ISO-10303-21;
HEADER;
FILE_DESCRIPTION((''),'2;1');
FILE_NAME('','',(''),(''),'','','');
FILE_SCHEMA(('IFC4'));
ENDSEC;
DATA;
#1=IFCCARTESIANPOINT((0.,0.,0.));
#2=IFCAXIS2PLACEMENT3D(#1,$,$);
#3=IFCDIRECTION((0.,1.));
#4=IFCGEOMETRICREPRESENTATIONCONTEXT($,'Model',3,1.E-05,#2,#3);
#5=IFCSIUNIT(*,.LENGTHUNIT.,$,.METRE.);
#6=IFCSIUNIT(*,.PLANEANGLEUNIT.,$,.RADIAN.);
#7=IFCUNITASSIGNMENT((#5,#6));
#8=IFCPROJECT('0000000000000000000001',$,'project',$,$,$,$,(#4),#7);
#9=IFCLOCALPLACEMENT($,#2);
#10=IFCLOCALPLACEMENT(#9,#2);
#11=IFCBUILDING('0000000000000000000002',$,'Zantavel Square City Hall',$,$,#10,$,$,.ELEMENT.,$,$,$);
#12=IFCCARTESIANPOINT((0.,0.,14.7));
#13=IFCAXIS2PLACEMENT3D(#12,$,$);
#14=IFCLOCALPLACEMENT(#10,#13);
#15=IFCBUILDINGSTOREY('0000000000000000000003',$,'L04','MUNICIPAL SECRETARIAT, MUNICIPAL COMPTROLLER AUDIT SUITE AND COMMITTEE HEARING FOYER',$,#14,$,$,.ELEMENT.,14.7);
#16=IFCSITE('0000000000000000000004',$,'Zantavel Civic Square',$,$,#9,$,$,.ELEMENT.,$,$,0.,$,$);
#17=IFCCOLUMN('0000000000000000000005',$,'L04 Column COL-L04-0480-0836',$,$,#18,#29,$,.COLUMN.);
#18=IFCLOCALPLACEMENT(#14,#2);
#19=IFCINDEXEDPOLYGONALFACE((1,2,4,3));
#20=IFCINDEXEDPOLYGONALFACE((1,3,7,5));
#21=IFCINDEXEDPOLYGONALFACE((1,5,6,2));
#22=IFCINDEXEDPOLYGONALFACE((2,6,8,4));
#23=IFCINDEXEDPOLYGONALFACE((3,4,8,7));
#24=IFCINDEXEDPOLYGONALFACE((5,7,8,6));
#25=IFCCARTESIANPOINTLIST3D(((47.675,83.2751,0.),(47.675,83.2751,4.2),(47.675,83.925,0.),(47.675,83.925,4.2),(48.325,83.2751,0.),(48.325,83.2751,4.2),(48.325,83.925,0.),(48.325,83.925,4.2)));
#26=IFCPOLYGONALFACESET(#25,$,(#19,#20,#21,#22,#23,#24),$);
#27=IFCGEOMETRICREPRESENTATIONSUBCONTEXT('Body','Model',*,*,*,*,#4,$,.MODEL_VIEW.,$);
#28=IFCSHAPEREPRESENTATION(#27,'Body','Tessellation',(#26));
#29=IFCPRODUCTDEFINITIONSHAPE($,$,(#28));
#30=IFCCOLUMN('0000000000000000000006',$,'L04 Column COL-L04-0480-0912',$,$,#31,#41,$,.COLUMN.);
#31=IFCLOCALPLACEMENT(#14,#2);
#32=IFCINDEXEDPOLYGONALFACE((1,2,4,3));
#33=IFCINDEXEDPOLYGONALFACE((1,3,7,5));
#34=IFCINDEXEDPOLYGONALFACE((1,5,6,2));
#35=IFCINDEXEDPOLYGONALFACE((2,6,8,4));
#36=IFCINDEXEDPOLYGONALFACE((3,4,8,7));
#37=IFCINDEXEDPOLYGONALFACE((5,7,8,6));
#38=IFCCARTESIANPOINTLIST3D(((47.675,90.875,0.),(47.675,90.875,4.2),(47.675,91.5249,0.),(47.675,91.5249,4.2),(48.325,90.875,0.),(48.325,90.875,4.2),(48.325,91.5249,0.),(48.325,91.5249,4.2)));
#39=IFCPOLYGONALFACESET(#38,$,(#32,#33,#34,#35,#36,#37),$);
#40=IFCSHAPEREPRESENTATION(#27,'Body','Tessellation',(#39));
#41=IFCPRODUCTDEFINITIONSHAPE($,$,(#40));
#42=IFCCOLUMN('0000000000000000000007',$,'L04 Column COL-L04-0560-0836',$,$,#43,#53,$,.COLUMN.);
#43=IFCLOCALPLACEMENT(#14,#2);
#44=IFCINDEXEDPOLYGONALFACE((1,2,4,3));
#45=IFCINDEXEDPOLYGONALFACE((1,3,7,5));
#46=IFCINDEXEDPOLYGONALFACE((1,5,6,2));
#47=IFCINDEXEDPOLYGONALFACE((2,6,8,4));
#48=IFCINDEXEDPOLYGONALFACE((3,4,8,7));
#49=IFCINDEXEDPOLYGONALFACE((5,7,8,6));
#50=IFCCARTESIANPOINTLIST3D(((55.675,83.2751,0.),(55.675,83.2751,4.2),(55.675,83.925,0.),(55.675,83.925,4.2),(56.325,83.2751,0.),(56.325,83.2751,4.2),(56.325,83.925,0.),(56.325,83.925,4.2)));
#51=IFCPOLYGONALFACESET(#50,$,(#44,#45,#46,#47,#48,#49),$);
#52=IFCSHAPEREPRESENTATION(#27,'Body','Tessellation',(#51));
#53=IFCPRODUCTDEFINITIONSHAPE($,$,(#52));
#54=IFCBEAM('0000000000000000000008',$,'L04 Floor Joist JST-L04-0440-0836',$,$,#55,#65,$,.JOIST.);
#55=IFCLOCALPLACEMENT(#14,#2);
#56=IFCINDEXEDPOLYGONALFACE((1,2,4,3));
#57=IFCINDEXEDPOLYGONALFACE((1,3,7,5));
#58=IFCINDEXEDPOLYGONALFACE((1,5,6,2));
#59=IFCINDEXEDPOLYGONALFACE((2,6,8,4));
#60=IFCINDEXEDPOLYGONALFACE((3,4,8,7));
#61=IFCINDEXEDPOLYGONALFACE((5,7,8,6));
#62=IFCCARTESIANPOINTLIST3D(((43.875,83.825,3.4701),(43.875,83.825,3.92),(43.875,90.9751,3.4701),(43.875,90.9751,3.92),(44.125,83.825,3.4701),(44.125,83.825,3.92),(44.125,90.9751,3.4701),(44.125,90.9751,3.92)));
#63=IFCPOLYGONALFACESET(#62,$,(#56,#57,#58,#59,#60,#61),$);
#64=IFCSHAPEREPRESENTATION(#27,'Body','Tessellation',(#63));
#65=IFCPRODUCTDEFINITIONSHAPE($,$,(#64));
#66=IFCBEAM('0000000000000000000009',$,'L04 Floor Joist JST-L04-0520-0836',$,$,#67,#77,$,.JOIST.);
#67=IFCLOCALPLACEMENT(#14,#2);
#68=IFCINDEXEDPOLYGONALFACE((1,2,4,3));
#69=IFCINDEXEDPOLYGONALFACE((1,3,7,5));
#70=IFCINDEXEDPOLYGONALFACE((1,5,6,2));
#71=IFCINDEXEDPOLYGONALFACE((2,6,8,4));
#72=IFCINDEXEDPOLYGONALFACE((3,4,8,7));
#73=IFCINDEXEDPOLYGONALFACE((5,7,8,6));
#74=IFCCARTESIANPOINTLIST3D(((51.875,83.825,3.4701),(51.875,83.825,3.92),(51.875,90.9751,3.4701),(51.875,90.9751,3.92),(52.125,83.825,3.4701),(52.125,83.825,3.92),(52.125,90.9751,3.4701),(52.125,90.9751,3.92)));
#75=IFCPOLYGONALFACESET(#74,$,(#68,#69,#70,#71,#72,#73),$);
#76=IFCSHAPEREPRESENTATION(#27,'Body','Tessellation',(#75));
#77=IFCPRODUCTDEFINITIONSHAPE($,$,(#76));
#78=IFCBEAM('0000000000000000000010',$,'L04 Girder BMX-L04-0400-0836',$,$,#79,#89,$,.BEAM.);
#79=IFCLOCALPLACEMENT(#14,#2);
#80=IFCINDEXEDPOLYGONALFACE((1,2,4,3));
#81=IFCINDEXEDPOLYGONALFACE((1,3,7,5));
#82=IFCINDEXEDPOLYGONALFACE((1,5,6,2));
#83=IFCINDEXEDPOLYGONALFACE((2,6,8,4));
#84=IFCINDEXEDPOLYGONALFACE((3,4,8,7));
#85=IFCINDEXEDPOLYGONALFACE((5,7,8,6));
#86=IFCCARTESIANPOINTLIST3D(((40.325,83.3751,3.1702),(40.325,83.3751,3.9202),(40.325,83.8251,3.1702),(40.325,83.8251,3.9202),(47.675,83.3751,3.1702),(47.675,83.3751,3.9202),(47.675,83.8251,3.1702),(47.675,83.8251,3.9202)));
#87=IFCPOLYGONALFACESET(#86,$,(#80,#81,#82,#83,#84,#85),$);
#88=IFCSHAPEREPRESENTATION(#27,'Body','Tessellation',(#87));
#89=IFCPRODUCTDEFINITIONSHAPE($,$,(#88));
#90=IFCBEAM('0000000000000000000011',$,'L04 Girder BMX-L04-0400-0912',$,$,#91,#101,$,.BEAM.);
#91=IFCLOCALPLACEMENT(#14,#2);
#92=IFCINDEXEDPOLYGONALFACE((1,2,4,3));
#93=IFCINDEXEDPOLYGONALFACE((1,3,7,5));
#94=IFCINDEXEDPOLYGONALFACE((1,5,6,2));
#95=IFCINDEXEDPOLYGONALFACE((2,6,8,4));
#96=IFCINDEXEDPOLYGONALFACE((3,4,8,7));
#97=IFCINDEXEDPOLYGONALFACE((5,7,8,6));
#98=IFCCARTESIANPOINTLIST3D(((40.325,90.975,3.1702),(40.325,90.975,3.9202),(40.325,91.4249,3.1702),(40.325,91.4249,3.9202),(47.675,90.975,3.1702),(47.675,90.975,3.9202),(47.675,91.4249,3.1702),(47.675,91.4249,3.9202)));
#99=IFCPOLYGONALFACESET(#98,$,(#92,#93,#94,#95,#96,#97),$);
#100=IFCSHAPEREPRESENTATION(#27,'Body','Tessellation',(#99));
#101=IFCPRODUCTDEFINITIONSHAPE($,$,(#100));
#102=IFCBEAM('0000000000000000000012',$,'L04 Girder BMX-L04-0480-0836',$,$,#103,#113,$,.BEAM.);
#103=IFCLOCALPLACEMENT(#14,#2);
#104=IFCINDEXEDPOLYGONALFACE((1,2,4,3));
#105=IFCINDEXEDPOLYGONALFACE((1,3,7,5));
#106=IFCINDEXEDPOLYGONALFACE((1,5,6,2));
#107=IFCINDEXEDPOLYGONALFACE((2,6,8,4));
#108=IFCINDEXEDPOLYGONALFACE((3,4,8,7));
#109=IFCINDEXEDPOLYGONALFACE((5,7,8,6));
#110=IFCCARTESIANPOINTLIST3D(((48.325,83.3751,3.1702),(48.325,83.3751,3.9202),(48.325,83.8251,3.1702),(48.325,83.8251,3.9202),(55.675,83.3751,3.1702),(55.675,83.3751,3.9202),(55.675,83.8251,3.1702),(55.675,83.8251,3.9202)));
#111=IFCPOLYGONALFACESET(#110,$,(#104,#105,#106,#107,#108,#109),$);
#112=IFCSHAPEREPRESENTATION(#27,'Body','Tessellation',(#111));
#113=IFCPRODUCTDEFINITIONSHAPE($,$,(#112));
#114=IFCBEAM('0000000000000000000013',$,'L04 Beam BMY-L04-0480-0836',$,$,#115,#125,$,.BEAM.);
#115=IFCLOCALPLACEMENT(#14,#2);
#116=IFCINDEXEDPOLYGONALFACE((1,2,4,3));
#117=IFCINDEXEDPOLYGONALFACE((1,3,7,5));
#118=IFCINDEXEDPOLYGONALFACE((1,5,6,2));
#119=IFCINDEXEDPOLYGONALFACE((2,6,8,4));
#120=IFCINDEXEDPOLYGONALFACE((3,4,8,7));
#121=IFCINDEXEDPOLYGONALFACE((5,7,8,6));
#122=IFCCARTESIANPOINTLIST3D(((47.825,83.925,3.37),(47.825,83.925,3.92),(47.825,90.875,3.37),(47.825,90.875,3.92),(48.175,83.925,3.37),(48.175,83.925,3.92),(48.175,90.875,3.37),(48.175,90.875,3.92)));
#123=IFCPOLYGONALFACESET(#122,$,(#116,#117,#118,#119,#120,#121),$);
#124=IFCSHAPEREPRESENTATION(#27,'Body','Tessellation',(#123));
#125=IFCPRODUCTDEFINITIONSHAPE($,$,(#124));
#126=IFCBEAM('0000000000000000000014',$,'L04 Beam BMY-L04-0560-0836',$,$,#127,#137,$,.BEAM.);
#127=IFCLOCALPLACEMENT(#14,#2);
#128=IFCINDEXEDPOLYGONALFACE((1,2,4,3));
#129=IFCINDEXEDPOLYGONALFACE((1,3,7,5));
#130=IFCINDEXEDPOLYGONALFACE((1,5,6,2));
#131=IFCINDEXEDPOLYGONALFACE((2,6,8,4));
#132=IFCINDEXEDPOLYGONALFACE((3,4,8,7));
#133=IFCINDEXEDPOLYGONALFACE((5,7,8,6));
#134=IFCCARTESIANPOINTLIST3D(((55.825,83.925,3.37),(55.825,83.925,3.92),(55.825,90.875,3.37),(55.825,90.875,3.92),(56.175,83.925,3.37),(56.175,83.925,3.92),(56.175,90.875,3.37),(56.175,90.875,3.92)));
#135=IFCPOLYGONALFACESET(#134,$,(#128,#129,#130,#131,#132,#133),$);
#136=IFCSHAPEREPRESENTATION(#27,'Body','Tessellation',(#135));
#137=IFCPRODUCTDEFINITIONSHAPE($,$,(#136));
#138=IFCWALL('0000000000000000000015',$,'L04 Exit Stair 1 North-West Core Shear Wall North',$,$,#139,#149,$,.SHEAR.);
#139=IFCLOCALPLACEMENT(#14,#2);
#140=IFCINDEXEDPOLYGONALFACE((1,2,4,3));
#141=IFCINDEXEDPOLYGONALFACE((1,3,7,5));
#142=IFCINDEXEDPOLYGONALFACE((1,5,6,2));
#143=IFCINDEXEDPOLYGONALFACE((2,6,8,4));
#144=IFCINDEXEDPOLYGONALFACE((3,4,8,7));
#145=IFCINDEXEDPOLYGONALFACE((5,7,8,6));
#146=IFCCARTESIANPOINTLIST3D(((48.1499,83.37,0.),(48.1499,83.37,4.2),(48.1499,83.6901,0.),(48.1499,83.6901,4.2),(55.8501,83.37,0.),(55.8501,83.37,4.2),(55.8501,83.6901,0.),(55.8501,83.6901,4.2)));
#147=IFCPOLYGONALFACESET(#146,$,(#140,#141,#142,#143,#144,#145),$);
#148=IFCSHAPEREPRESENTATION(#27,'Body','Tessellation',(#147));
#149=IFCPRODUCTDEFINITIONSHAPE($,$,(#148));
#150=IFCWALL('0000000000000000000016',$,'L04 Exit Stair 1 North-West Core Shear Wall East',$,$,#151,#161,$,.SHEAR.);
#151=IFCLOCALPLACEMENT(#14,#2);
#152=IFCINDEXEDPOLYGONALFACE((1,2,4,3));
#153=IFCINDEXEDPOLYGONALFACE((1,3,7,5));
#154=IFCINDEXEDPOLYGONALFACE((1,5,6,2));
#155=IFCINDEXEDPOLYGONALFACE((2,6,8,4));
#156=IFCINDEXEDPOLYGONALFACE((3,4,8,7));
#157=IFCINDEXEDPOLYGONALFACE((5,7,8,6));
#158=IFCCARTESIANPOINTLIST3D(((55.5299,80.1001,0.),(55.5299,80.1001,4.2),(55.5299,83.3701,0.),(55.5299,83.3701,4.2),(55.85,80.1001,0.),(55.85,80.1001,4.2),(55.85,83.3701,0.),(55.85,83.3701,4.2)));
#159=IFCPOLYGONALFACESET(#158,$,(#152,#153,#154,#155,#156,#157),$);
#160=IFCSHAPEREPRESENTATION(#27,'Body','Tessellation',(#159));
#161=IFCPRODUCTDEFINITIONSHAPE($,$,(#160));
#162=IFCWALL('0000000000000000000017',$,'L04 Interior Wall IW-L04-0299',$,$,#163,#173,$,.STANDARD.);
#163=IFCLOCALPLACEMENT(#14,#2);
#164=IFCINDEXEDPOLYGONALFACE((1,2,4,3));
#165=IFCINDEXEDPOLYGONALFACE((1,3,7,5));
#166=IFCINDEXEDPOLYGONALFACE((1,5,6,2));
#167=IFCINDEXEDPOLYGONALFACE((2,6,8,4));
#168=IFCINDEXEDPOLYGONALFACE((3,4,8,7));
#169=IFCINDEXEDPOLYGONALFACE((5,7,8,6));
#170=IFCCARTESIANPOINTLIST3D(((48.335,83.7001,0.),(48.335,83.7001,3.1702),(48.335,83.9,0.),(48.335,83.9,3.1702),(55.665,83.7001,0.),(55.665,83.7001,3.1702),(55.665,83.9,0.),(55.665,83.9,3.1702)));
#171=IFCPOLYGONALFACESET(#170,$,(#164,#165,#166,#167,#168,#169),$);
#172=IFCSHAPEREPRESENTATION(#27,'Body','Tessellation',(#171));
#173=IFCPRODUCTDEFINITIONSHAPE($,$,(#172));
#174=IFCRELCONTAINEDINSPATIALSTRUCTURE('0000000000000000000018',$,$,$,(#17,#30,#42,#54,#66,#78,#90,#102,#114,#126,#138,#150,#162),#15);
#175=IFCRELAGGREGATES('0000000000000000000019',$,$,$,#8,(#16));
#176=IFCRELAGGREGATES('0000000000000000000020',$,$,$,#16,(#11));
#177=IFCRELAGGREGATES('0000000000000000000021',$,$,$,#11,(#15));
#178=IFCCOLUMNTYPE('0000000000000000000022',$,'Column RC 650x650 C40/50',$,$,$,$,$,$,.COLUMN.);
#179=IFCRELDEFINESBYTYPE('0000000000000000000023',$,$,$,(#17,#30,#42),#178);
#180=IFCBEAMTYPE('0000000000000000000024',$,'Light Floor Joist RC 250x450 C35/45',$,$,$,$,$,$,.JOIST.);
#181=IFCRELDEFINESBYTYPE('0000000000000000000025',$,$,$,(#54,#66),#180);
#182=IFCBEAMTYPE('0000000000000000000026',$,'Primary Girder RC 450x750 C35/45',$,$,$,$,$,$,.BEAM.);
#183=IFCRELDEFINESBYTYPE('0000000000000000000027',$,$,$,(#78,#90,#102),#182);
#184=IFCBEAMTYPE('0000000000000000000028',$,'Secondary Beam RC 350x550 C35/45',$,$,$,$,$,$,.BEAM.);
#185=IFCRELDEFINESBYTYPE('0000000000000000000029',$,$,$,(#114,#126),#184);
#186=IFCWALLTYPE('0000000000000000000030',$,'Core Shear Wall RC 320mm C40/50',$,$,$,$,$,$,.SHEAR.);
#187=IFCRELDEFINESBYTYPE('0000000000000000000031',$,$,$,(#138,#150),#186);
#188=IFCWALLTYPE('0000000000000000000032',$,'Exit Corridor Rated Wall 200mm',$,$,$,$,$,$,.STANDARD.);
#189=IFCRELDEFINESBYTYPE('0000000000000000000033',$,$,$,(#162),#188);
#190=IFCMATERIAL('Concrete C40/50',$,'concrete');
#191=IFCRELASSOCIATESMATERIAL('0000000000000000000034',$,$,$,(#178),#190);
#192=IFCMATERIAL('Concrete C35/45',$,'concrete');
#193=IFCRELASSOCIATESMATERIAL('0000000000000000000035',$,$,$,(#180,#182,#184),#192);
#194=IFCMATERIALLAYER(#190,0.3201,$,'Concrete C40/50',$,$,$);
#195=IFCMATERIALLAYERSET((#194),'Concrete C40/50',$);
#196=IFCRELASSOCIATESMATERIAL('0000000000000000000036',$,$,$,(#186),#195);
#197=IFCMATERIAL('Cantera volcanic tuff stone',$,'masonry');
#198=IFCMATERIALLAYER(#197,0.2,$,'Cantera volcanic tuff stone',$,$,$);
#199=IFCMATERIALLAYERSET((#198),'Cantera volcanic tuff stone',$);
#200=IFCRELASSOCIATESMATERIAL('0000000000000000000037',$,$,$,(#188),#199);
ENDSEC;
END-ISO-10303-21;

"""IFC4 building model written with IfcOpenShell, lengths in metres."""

from ifc_helpers import new_model, si_unit, direction, frame, frame_2d, origin, origin_2d, place, context, subcontext, project, spatial, rectangle, extrude, material, layer, layer_set, material_profile, profile_set, type_object, element, save


model = new_model("IFC4")

# Units and contexts
model_context = context("Model", 3, precision=1e-05, world=origin(), true_north=direction((0.0, 1.0)))
body_context = subcontext(model_context, "Body", "Model", "MODEL_VIEW")
ifc_project = project(units=[si_unit("LENGTHUNIT", "METRE"), si_unit("PLANEANGLEUNIT", "RADIAN")], contexts=[model_context])

# Site, building, storey
site_placement = place(None, origin())
site = spatial("IfcSite", under=ifc_project, at=site_placement, Name="Zantavel Civic Square", CompositionType="ELEMENT", RefElevation=0.0)
building_placement = place(site_placement, origin())
building = spatial("IfcBuilding", under=site, at=building_placement, Name="Zantavel Square City Hall", CompositionType="ELEMENT")
storey_placement = place(building_placement, frame((0.0, 0.0, 14.7)))
storey = spatial("IfcBuildingStorey", under=building, at=storey_placement, Name="L04", Description="MUNICIPAL SECRETARIAT, MUNICIPAL COMPTROLLER AUDIT SUITE AND COMMITTEE HEARING FOYER", CompositionType="ELEMENT", Elevation=14.7)

# Columns
ifc_material_1 = material(Name="Concrete C40/50", Category="concrete")
ifc_material_profile_1 = material_profile(ifc_material_1, rectangle(XDim=0.6499, YDim=0.6499, at=origin_2d()), Name="RC 650x650")
ifc_profile_set_1 = profile_set([ifc_material_profile_1], Name="Concrete C40/50")
column_type = type_object("IfcColumnType", Name="Column RC 650x650 C40/50", PredefinedType="COLUMN", material=ifc_profile_set_1)
for number, where, z_axis, x_axis, name in (
    (1, (48.0, 83.6001, 0.0), (0.0, 0.0, 1.0), (1.0, 0.0, 0.0), "L04 Column COL-L04-0480-0836"),
    (2, (48.0, 91.2, 0.0), (0.0, 0.0, 1.0), (1.0, 0.0, 0.0), "L04 Column COL-L04-0480-0912"),
    (3, (56.0, 83.6001, 0.0), (0.0, 0.0, 1.0), (1.0, 0.0, 0.0), "L04 Column COL-L04-0560-0836"),
):
    element("IfcColumn", number, at=place(storey_placement, frame(where, z_axis=z_axis, x_axis=x_axis)), inside=storey, type_object=column_type, Name=name, PredefinedType="COLUMN", context=body_context, shape_type="SweptSolid", body=[
        extrude(rectangle(XDim=0.6499, YDim=0.6499, at=origin_2d()), origin(), (0.0, 0.0, 1.0), 4.2),
    ])

# Beams
ifc_material_2 = material(Name="Concrete C35/45", Category="concrete")
ifc_material_profile_2 = material_profile(ifc_material_2, rectangle(XDim=0.25, YDim=0.45, at=origin_2d()), Name="RC 250x450")
ifc_profile_set_2 = profile_set([ifc_material_profile_2], Name="Concrete C35/45")
beam_type_1 = type_object("IfcBeamType", Name="Light Floor Joist RC 250x450 C35/45", PredefinedType="JOIST", material=ifc_profile_set_2)
for number, where, z_axis, x_axis, name in (
    (4, (44.0, 83.825, 3.6951), (0.0, 1.0, 0.0), (-1.0, 0.0, 0.0), "L04 Floor Joist JST-L04-0440-0836"),
    (5, (52.0, 83.825, 3.6951), (0.0, 1.0, 0.0), (-1.0, 0.0, 0.0), "L04 Floor Joist JST-L04-0520-0836"),
):
    element("IfcBeam", number, at=place(storey_placement, frame(where, z_axis=z_axis, x_axis=x_axis)), inside=storey, type_object=beam_type_1, Name=name, PredefinedType="JOIST", context=body_context, shape_type="SweptSolid", body=[
        extrude(rectangle(XDim=0.25, YDim=0.45, at=origin_2d()), origin(), (0.0, 0.0, 1.0), 7.1501),
    ])
ifc_material_profile_3 = material_profile(ifc_material_2, rectangle(XDim=0.45, YDim=0.75, at=origin_2d()), Name="RC 450x750")
ifc_profile_set_3 = profile_set([ifc_material_profile_3], Name="Concrete C35/45")
beam_type_2 = type_object("IfcBeamType", Name="Primary Girder RC 450x750 C35/45", PredefinedType="BEAM", material=ifc_profile_set_3)
for number, where, z_axis, x_axis, name in (
    (6, (40.325, 83.6001, 3.5452), (1.0, 0.0, 0.0), (0.0, 1.0, 0.0), "L04 Girder BMX-L04-0400-0836"),
    (7, (40.325, 91.2, 3.5452), (1.0, 0.0, 0.0), (0.0, 1.0, 0.0), "L04 Girder BMX-L04-0400-0912"),
    (8, (48.325, 83.6001, 3.5452), (1.0, 0.0, 0.0), (0.0, 1.0, 0.0), "L04 Girder BMX-L04-0480-0836"),
):
    element("IfcBeam", number, at=place(storey_placement, frame(where, z_axis=z_axis, x_axis=x_axis)), inside=storey, type_object=beam_type_2, Name=name, PredefinedType="BEAM", context=body_context, shape_type="SweptSolid", body=[
        extrude(rectangle(XDim=0.45, YDim=0.75, at=origin_2d()), origin(), (0.0, 0.0, 1.0), 7.3501),
    ])
ifc_material_profile_4 = material_profile(ifc_material_2, rectangle(XDim=0.3501, YDim=0.55, at=origin_2d()), Name="RC 350x550")
ifc_profile_set_4 = profile_set([ifc_material_profile_4], Name="Concrete C35/45")
beam_type_3 = type_object("IfcBeamType", Name="Secondary Beam RC 350x550 C35/45", PredefinedType="BEAM", material=ifc_profile_set_4)
for number, where, z_axis, x_axis, name in (
    (9, (48.0, 83.925, 3.645), (0.0, 1.0, 0.0), (-1.0, 0.0, 0.0), "L04 Beam BMY-L04-0480-0836"),
    (10, (56.0, 83.925, 3.645), (0.0, 1.0, 0.0), (-1.0, 0.0, 0.0), "L04 Beam BMY-L04-0560-0836"),
):
    element("IfcBeam", number, at=place(storey_placement, frame(where, z_axis=z_axis, x_axis=x_axis)), inside=storey, type_object=beam_type_3, Name=name, PredefinedType="BEAM", context=body_context, shape_type="SweptSolid", body=[
        extrude(rectangle(XDim=0.3501, YDim=0.55, at=origin_2d()), origin(), (0.0, 0.0, 1.0), 6.95),
    ])

# Walls
ifc_layer_1 = layer(ifc_material_1, 0.3201, Name="Concrete C40/50")
ifc_layer_set_1 = layer_set([ifc_layer_1], Name="Concrete C40/50")
wall_type_1 = type_object("IfcWallType", Name="Core Shear Wall RC 320mm C40/50", PredefinedType="SHEAR", material=ifc_layer_set_1)
wall_1_placement = place(storey_placement, frame((48.1499, 83.53, 0.0), z_axis=(0.0, 0.0, 1.0), x_axis=(1.0, 0.0, 0.0)))
element("IfcWall", 11, at=wall_1_placement, inside=storey, type_object=wall_type_1, Name="L04 Exit Stair 1 North-West Core Shear Wall North", PredefinedType="SHEAR", context=body_context, shape_type="SweptSolid", body=[
    extrude(rectangle(XDim=7.7002, YDim=0.3201, at=frame_2d((3.8501, 0.0))), origin(), (0.0, 0.0, 1.0), 4.2),
])
wall_2_placement = place(storey_placement, frame((55.6899, 83.3701, 0.0), z_axis=(0.0, 0.0, 1.0), x_axis=(0.0, -1.0, 0.0)))
element("IfcWall", 12, at=wall_2_placement, inside=storey, type_object=wall_type_1, Name="L04 Exit Stair 1 North-West Core Shear Wall East", PredefinedType="SHEAR", context=body_context, shape_type="SweptSolid", body=[
    extrude(rectangle(XDim=3.27, YDim=0.3201, at=frame_2d((1.635, 0.0))), origin(), (0.0, 0.0, 1.0), 4.2),
])
ifc_material_3 = material(Name="Cantera volcanic tuff stone", Category="masonry")
ifc_layer_2 = layer(ifc_material_3, 0.2, Name="Cantera volcanic tuff stone")
ifc_layer_set_2 = layer_set([ifc_layer_2], Name="Cantera volcanic tuff stone")
wall_type_2 = type_object("IfcWallType", Name="Exit Corridor Rated Wall 200mm", PredefinedType="STANDARD", material=ifc_layer_set_2)
wall_3_placement = place(storey_placement, frame((48.335, 83.8, 0.0), z_axis=(0.0, 0.0, 1.0), x_axis=(1.0, 0.0, 0.0)))
element("IfcWall", 13, at=wall_3_placement, inside=storey, type_object=wall_type_2, Name="L04 Interior Wall IW-L04-0299", PredefinedType="STANDARD", context=body_context, shape_type="SweptSolid", body=[
    extrude(rectangle(XDim=7.3301, YDim=0.2, at=frame_2d((3.665, 0.0))), origin(), (0.0, 0.0, 1.0), 3.1702),
])

save(model, "model.ifc")
